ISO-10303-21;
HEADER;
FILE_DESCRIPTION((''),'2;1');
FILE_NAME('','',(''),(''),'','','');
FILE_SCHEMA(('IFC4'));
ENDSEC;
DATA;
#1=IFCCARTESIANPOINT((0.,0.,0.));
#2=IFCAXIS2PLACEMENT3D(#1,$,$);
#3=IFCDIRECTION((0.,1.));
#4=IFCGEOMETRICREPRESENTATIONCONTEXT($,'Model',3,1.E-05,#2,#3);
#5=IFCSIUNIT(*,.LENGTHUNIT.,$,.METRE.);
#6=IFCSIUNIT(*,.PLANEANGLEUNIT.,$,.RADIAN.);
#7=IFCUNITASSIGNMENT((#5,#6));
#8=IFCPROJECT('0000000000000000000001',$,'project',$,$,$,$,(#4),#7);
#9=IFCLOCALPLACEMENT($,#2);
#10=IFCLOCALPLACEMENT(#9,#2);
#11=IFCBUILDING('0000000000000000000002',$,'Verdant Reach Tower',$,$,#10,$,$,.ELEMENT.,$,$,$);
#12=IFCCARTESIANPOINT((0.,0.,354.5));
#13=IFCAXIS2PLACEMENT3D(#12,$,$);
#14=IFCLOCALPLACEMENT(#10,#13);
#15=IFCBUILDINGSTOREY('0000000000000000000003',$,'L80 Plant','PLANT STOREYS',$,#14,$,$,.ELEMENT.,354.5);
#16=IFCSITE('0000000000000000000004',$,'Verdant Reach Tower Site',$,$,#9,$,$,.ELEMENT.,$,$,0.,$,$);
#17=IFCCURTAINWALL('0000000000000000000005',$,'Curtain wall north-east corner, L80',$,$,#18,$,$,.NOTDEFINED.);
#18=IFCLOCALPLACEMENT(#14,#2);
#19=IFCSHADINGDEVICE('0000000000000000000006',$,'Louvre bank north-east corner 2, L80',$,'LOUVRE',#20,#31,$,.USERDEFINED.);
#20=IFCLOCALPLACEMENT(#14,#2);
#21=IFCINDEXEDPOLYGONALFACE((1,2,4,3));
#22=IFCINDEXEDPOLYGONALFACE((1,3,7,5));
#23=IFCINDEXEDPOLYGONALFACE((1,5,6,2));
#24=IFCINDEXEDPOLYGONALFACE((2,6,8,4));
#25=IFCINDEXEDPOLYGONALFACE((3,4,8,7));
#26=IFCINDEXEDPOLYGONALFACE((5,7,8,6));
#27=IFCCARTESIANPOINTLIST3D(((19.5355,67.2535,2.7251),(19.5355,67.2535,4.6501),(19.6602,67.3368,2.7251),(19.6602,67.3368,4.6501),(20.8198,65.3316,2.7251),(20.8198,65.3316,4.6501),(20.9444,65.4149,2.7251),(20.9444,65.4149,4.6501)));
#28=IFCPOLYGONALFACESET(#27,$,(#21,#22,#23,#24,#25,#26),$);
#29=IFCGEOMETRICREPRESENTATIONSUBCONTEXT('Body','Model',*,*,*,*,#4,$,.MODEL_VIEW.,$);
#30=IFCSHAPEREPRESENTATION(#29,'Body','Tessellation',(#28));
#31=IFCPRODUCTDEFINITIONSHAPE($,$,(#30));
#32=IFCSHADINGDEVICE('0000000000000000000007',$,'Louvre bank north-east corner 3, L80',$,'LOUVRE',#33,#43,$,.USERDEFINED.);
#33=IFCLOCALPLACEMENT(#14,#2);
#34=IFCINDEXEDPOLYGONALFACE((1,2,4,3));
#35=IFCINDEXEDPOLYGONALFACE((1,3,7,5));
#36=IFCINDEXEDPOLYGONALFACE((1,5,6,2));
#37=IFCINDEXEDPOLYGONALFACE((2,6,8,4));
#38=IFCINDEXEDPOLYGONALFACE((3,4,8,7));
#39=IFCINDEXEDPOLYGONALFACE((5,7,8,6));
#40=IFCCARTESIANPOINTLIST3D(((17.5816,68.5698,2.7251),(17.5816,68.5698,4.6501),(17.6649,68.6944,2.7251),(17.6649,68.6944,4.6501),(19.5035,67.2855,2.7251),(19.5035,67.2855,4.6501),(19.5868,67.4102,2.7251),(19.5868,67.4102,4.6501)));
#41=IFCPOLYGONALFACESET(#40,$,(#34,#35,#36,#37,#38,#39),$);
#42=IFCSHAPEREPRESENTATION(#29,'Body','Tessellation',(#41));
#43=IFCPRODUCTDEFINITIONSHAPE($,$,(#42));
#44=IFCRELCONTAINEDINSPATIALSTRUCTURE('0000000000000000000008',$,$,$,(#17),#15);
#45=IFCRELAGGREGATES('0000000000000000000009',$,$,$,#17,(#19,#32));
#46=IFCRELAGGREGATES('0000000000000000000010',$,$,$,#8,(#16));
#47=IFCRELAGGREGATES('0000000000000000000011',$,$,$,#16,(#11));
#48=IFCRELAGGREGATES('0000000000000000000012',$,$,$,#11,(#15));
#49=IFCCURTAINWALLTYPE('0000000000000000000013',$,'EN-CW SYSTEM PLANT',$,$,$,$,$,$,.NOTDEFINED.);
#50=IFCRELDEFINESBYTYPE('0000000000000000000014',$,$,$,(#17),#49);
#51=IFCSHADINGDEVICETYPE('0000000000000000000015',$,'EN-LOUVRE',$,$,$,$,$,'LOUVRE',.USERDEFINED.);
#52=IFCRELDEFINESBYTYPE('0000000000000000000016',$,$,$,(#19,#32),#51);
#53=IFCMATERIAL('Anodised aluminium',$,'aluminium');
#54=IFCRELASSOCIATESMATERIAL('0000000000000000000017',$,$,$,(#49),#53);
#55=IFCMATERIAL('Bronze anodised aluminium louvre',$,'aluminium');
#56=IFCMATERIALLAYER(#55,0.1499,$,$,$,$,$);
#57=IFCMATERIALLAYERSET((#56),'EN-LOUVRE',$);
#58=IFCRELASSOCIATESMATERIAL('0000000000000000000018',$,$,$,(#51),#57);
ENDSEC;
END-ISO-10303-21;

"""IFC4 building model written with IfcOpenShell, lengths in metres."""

from ifc_helpers import new_model, si_unit, direction, frame, origin, origin_2d, place, context, subcontext, project, spatial, rectangle, extrude, material, layer, layer_set, type_object, element, aggregate, save


model = new_model("IFC4")

# Units and contexts
model_context = context("Model", 3, precision=1e-05, world=origin(), true_north=direction((0.0, 1.0)))
body_context = subcontext(model_context, "Body", "Model", "MODEL_VIEW")
ifc_project = project(units=[si_unit("LENGTHUNIT", "METRE"), si_unit("PLANEANGLEUNIT", "RADIAN")], contexts=[model_context])

# Site, building, storey
site_placement = place(None, origin())
site = spatial("IfcSite", under=ifc_project, at=site_placement, Name="Verdant Reach Tower Site", CompositionType="ELEMENT", RefElevation=0.0)
building_placement = place(site_placement, origin())
building = spatial("IfcBuilding", under=site, at=building_placement, Name="Verdant Reach Tower", CompositionType="ELEMENT")
storey_placement = place(building_placement, frame((0.0, 0.0, 354.5)))
storey = spatial("IfcBuildingStorey", under=building, at=storey_placement, Name="L80 Plant", Description="PLANT STOREYS", CompositionType="ELEMENT", Elevation=354.5)

# Shared definitions
ifc_material_1 = material(Name="Anodised aluminium", Category="aluminium")
curtain_wall_type = type_object("IfcCurtainWallType", Name="EN-CW SYSTEM PLANT", PredefinedType="NOTDEFINED", material=ifc_material_1)

# Curtain wall
curtain_wall_1_placement = place(storey_placement, origin())
curtain_wall_1 = element("IfcCurtainWall", 1, at=curtain_wall_1_placement, inside=storey, type_object=curtain_wall_type, Name="Curtain wall north-east corner, L80", PredefinedType="NOTDEFINED")

# Shading devices
ifc_material_2 = material(Name="Bronze anodised aluminium louvre", Category="aluminium")
ifc_layer_1 = layer(ifc_material_2, 0.1499)
ifc_layer_set_1 = layer_set([ifc_layer_1], Name="EN-LOUVRE")
shading_device_type = type_object("IfcShadingDeviceType", Name="EN-LOUVRE", ElementType="LOUVRE", PredefinedType="USERDEFINED", material=ifc_layer_set_1)
shading_device_1_placement = place(storey_placement, frame((20.24, 66.3342, 2.7251), z_axis=(0.0, 0.0, 1.0), x_axis=(-0.555596, 0.831452, 0.0)))
shading_device_1 = element("IfcShadingDevice", 2, at=shading_device_1_placement, type_object=shading_device_type, Name="Louvre bank north-east corner 2, L80", ObjectType="LOUVRE", PredefinedType="USERDEFINED", context=body_context, shape_type="SweptSolid", body=[
    extrude(rectangle(XDim=2.3115, YDim=0.1499, at=origin_2d()), origin(), (0.0, 0.0, 1.0), 1.925),
])
shading_device_2_placement = place(storey_placement, frame((18.5842, 67.99, 2.7251), z_axis=(0.0, 0.0, 1.0), x_axis=(-0.831452, 0.555596, 0.0)))
shading_device_2 = element("IfcShadingDevice", 3, at=shading_device_2_placement, type_object=shading_device_type, Name="Louvre bank north-east corner 3, L80", ObjectType="LOUVRE", PredefinedType="USERDEFINED", context=body_context, shape_type="SweptSolid", body=[
    extrude(rectangle(XDim=2.3115, YDim=0.1499, at=origin_2d()), origin(), (0.0, 0.0, 1.0), 1.925),
])
aggregate(curtain_wall_1, [shading_device_1, shading_device_2])

save(model, "model.ifc")
